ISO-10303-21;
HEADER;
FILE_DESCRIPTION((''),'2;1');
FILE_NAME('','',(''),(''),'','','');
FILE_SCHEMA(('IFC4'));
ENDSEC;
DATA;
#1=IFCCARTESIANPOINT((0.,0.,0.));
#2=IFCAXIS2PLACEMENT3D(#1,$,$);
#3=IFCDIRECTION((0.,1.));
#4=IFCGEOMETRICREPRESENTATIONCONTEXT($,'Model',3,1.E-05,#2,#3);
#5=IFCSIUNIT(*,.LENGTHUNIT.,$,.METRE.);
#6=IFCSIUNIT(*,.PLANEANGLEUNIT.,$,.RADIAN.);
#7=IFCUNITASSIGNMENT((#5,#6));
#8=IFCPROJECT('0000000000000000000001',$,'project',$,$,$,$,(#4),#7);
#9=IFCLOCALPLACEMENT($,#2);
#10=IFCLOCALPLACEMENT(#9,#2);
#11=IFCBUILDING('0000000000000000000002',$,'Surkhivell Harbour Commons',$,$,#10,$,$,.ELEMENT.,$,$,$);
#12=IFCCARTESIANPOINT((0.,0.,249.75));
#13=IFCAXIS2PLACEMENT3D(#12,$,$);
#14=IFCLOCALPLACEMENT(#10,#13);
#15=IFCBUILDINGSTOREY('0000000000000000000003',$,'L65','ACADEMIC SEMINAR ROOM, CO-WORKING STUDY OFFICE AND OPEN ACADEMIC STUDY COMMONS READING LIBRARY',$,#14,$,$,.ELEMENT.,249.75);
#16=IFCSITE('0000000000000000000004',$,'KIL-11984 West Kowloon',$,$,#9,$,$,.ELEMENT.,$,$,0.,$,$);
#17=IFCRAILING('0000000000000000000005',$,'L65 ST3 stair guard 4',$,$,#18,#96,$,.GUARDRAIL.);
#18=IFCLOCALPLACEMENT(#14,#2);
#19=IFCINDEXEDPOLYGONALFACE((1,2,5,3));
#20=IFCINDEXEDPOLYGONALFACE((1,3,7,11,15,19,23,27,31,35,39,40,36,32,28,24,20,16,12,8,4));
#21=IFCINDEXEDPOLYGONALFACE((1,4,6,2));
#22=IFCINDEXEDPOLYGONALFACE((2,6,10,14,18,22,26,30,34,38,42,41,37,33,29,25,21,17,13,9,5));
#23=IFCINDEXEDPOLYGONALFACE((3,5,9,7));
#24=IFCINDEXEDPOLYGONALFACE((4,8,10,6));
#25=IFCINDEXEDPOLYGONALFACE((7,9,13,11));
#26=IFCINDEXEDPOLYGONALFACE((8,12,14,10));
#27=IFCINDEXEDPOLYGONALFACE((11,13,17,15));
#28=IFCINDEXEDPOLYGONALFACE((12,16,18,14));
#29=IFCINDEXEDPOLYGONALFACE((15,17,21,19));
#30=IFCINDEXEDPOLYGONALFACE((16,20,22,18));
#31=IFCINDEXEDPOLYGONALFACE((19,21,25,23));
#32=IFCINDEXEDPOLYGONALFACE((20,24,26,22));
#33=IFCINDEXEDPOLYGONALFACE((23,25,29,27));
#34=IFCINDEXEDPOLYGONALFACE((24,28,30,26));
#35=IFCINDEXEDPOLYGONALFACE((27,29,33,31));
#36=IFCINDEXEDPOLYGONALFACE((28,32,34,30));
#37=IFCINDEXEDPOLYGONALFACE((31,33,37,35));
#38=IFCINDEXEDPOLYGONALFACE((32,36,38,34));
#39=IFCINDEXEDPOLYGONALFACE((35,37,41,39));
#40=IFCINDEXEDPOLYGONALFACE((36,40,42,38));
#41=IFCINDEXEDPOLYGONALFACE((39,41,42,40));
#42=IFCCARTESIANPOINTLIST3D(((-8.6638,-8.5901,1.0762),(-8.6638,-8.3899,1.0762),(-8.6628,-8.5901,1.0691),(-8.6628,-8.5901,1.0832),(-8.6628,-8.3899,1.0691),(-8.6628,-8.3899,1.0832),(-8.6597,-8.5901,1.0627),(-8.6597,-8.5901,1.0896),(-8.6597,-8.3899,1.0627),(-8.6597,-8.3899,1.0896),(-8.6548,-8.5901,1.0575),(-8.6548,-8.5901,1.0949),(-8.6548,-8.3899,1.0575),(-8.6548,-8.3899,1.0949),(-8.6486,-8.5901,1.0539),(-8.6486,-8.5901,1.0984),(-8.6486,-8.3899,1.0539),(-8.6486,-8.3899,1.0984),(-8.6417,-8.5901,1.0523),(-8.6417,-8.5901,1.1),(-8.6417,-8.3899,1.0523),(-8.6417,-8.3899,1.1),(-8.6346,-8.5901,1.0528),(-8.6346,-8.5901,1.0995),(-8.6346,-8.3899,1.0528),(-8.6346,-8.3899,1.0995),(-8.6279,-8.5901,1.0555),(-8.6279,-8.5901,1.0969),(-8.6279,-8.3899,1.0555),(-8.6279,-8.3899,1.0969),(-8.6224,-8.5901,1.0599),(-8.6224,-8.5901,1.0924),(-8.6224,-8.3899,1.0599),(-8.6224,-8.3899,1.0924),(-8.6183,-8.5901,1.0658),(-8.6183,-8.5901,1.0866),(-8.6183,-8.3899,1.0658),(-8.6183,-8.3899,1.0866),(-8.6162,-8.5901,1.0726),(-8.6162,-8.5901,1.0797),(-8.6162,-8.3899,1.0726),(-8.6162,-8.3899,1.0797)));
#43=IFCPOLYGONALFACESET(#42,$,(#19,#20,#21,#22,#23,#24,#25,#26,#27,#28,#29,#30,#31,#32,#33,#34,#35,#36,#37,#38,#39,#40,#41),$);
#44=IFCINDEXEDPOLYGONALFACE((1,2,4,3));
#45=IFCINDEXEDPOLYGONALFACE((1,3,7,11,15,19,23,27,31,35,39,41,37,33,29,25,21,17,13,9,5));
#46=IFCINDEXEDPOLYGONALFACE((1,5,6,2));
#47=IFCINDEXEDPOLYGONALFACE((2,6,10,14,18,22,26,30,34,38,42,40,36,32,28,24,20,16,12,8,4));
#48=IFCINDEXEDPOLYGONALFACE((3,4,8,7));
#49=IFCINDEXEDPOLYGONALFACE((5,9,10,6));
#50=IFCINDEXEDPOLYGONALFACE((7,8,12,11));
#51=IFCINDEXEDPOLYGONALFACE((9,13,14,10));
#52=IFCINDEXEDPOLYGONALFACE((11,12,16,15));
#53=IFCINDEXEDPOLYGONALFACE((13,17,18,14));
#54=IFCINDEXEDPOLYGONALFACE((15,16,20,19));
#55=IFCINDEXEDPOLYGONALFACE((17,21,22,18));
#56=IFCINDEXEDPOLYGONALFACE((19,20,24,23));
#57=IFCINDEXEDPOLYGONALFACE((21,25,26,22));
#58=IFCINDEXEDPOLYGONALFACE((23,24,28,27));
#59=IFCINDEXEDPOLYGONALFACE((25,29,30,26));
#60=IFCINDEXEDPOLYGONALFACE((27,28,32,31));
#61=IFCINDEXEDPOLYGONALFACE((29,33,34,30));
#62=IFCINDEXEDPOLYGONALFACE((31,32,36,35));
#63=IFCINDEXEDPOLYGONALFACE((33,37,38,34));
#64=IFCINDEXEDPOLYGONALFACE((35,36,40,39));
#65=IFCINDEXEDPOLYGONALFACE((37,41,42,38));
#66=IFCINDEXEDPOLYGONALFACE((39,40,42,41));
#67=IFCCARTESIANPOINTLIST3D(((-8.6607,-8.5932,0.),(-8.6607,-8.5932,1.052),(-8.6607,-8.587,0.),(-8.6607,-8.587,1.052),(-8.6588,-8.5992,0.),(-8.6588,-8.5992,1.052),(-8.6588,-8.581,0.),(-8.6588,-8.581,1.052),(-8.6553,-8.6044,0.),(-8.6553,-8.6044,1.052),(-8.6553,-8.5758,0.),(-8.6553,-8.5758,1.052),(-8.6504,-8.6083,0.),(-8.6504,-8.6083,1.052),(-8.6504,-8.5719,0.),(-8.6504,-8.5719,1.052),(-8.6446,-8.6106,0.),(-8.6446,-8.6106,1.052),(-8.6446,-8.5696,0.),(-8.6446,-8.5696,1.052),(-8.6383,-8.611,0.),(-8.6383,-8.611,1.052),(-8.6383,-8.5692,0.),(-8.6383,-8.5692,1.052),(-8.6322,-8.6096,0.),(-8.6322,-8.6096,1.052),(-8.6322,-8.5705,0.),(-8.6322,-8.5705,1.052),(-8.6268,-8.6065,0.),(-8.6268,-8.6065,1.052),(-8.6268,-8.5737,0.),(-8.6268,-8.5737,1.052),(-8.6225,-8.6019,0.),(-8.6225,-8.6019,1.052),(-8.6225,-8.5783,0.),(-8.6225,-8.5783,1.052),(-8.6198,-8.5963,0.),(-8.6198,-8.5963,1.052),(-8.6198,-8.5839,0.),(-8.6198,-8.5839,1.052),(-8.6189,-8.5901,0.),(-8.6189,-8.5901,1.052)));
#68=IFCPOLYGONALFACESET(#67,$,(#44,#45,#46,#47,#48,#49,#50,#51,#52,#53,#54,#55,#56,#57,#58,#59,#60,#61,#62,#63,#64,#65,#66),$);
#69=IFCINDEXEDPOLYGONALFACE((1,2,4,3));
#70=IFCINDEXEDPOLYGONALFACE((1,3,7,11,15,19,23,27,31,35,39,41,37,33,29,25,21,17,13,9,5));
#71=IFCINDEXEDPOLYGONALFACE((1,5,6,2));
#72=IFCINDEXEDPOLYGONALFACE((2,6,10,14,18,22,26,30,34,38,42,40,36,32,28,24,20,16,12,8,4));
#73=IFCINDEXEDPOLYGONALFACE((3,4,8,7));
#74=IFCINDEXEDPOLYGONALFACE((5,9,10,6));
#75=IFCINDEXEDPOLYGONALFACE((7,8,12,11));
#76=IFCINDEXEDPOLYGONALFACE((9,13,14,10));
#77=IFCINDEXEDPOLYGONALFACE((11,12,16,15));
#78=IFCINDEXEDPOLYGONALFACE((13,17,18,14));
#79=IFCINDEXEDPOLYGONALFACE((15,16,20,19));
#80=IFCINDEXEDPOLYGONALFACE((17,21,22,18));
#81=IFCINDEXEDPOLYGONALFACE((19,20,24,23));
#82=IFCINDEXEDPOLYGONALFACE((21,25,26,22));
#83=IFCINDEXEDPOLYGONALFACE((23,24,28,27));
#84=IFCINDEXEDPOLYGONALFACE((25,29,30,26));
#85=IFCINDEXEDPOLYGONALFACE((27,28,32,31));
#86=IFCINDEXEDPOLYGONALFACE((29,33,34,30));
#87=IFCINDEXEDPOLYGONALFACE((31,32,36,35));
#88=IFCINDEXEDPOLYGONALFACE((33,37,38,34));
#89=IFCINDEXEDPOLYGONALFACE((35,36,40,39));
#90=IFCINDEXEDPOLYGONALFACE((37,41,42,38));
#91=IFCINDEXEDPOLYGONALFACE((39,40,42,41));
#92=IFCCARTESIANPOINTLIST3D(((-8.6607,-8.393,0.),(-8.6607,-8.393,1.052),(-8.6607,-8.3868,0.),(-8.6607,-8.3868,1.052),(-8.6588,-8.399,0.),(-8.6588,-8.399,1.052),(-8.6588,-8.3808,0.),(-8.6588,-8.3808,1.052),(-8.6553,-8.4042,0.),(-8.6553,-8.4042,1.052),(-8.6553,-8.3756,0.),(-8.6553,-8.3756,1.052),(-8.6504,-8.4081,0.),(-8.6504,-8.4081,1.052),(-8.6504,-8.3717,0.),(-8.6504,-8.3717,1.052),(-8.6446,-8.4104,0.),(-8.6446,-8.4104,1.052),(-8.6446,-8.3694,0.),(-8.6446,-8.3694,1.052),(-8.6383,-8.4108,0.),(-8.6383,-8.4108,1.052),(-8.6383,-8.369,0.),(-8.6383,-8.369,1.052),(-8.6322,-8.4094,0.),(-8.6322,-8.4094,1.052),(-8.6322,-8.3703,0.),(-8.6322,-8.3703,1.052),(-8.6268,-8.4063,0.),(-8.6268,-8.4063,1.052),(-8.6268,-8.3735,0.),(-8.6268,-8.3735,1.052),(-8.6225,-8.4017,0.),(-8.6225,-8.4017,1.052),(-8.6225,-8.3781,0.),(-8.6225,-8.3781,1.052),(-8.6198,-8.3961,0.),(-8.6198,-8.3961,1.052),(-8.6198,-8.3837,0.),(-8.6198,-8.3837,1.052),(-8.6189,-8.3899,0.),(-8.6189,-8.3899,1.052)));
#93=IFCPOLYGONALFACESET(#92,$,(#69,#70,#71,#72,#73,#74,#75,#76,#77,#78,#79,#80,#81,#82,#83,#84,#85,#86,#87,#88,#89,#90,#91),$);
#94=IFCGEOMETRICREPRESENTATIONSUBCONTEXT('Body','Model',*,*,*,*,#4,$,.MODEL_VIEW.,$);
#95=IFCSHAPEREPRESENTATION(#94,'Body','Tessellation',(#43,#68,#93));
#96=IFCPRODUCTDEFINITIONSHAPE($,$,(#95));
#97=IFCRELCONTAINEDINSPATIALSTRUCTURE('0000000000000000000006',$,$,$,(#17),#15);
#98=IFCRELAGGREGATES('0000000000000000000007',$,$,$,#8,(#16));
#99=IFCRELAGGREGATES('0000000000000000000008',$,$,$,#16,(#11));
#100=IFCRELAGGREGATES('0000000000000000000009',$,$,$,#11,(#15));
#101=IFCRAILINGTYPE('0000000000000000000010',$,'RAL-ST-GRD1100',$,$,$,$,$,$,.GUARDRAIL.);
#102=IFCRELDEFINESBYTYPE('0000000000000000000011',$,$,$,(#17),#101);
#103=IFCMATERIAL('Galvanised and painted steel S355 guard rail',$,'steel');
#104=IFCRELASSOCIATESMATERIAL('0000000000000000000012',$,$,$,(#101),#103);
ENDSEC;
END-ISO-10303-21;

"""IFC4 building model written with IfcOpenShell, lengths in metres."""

from ifc_helpers import new_model, si_unit, direction, frame, origin, origin_2d, place, context, subcontext, project, spatial, circle, extrude, material, type_object, element, save


model = new_model("IFC4")

# Units and contexts
model_context = context("Model", 3, precision=1e-05, world=origin(), true_north=direction((0.0, 1.0)))
body_context = subcontext(model_context, "Body", "Model", "MODEL_VIEW")
ifc_project = project(units=[si_unit("LENGTHUNIT", "METRE"), si_unit("PLANEANGLEUNIT", "RADIAN")], contexts=[model_context])

# Site, building, storey
site_placement = place(None, origin())
site = spatial("IfcSite", under=ifc_project, at=site_placement, Name="KIL-11984 West Kowloon", CompositionType="ELEMENT", RefElevation=0.0)
building_placement = place(site_placement, origin())
building = spatial("IfcBuilding", under=site, at=building_placement, Name="Surkhivell Harbour Commons", CompositionType="ELEMENT")
storey_placement = place(building_placement, frame((0.0, 0.0, 249.75)))
storey = spatial("IfcBuildingStorey", under=building, at=storey_placement, Name="L65", Description="ACADEMIC SEMINAR ROOM, CO-WORKING STUDY OFFICE AND OPEN ACADEMIC STUDY COMMONS READING LIBRARY", CompositionType="ELEMENT", Elevation=249.75)

# Railing
ifc_material_1 = material(Name="Galvanised and painted steel S355 guard rail", Category="steel")
railing_type_1 = type_object("IfcRailingType", Name="RAL-ST-GRD1100", PredefinedType="GUARDRAIL", material=ifc_material_1)
railing_1_placement = place(storey_placement, frame((-8.6399, -8.5901, 0.0)))
element("IfcRailing", 1, at=railing_1_placement, inside=storey, type_object=railing_type_1, Name="L65 ST3 stair guard 4", PredefinedType="GUARDRAIL", context=body_context, shape_type="SweptSolid", body=[
    extrude(circle(Radius=0.0239, at=origin_2d()), frame((0.0, 0.0, 1.0762), z_axis=(0.0, 1.0, 0.0), x_axis=(-1.0, 0.0, 0.0)), (0.0, 0.0, 1.0), 0.2002),
    extrude(circle(Radius=0.021, at=origin_2d()), origin(), (0.0, 0.0, 1.0), 1.052),
    extrude(circle(Radius=0.021, at=origin_2d()), frame((0.0, 0.2002, 0.0)), (0.0, 0.0, 1.0), 1.052),
])

save(model, "model.ifc")
